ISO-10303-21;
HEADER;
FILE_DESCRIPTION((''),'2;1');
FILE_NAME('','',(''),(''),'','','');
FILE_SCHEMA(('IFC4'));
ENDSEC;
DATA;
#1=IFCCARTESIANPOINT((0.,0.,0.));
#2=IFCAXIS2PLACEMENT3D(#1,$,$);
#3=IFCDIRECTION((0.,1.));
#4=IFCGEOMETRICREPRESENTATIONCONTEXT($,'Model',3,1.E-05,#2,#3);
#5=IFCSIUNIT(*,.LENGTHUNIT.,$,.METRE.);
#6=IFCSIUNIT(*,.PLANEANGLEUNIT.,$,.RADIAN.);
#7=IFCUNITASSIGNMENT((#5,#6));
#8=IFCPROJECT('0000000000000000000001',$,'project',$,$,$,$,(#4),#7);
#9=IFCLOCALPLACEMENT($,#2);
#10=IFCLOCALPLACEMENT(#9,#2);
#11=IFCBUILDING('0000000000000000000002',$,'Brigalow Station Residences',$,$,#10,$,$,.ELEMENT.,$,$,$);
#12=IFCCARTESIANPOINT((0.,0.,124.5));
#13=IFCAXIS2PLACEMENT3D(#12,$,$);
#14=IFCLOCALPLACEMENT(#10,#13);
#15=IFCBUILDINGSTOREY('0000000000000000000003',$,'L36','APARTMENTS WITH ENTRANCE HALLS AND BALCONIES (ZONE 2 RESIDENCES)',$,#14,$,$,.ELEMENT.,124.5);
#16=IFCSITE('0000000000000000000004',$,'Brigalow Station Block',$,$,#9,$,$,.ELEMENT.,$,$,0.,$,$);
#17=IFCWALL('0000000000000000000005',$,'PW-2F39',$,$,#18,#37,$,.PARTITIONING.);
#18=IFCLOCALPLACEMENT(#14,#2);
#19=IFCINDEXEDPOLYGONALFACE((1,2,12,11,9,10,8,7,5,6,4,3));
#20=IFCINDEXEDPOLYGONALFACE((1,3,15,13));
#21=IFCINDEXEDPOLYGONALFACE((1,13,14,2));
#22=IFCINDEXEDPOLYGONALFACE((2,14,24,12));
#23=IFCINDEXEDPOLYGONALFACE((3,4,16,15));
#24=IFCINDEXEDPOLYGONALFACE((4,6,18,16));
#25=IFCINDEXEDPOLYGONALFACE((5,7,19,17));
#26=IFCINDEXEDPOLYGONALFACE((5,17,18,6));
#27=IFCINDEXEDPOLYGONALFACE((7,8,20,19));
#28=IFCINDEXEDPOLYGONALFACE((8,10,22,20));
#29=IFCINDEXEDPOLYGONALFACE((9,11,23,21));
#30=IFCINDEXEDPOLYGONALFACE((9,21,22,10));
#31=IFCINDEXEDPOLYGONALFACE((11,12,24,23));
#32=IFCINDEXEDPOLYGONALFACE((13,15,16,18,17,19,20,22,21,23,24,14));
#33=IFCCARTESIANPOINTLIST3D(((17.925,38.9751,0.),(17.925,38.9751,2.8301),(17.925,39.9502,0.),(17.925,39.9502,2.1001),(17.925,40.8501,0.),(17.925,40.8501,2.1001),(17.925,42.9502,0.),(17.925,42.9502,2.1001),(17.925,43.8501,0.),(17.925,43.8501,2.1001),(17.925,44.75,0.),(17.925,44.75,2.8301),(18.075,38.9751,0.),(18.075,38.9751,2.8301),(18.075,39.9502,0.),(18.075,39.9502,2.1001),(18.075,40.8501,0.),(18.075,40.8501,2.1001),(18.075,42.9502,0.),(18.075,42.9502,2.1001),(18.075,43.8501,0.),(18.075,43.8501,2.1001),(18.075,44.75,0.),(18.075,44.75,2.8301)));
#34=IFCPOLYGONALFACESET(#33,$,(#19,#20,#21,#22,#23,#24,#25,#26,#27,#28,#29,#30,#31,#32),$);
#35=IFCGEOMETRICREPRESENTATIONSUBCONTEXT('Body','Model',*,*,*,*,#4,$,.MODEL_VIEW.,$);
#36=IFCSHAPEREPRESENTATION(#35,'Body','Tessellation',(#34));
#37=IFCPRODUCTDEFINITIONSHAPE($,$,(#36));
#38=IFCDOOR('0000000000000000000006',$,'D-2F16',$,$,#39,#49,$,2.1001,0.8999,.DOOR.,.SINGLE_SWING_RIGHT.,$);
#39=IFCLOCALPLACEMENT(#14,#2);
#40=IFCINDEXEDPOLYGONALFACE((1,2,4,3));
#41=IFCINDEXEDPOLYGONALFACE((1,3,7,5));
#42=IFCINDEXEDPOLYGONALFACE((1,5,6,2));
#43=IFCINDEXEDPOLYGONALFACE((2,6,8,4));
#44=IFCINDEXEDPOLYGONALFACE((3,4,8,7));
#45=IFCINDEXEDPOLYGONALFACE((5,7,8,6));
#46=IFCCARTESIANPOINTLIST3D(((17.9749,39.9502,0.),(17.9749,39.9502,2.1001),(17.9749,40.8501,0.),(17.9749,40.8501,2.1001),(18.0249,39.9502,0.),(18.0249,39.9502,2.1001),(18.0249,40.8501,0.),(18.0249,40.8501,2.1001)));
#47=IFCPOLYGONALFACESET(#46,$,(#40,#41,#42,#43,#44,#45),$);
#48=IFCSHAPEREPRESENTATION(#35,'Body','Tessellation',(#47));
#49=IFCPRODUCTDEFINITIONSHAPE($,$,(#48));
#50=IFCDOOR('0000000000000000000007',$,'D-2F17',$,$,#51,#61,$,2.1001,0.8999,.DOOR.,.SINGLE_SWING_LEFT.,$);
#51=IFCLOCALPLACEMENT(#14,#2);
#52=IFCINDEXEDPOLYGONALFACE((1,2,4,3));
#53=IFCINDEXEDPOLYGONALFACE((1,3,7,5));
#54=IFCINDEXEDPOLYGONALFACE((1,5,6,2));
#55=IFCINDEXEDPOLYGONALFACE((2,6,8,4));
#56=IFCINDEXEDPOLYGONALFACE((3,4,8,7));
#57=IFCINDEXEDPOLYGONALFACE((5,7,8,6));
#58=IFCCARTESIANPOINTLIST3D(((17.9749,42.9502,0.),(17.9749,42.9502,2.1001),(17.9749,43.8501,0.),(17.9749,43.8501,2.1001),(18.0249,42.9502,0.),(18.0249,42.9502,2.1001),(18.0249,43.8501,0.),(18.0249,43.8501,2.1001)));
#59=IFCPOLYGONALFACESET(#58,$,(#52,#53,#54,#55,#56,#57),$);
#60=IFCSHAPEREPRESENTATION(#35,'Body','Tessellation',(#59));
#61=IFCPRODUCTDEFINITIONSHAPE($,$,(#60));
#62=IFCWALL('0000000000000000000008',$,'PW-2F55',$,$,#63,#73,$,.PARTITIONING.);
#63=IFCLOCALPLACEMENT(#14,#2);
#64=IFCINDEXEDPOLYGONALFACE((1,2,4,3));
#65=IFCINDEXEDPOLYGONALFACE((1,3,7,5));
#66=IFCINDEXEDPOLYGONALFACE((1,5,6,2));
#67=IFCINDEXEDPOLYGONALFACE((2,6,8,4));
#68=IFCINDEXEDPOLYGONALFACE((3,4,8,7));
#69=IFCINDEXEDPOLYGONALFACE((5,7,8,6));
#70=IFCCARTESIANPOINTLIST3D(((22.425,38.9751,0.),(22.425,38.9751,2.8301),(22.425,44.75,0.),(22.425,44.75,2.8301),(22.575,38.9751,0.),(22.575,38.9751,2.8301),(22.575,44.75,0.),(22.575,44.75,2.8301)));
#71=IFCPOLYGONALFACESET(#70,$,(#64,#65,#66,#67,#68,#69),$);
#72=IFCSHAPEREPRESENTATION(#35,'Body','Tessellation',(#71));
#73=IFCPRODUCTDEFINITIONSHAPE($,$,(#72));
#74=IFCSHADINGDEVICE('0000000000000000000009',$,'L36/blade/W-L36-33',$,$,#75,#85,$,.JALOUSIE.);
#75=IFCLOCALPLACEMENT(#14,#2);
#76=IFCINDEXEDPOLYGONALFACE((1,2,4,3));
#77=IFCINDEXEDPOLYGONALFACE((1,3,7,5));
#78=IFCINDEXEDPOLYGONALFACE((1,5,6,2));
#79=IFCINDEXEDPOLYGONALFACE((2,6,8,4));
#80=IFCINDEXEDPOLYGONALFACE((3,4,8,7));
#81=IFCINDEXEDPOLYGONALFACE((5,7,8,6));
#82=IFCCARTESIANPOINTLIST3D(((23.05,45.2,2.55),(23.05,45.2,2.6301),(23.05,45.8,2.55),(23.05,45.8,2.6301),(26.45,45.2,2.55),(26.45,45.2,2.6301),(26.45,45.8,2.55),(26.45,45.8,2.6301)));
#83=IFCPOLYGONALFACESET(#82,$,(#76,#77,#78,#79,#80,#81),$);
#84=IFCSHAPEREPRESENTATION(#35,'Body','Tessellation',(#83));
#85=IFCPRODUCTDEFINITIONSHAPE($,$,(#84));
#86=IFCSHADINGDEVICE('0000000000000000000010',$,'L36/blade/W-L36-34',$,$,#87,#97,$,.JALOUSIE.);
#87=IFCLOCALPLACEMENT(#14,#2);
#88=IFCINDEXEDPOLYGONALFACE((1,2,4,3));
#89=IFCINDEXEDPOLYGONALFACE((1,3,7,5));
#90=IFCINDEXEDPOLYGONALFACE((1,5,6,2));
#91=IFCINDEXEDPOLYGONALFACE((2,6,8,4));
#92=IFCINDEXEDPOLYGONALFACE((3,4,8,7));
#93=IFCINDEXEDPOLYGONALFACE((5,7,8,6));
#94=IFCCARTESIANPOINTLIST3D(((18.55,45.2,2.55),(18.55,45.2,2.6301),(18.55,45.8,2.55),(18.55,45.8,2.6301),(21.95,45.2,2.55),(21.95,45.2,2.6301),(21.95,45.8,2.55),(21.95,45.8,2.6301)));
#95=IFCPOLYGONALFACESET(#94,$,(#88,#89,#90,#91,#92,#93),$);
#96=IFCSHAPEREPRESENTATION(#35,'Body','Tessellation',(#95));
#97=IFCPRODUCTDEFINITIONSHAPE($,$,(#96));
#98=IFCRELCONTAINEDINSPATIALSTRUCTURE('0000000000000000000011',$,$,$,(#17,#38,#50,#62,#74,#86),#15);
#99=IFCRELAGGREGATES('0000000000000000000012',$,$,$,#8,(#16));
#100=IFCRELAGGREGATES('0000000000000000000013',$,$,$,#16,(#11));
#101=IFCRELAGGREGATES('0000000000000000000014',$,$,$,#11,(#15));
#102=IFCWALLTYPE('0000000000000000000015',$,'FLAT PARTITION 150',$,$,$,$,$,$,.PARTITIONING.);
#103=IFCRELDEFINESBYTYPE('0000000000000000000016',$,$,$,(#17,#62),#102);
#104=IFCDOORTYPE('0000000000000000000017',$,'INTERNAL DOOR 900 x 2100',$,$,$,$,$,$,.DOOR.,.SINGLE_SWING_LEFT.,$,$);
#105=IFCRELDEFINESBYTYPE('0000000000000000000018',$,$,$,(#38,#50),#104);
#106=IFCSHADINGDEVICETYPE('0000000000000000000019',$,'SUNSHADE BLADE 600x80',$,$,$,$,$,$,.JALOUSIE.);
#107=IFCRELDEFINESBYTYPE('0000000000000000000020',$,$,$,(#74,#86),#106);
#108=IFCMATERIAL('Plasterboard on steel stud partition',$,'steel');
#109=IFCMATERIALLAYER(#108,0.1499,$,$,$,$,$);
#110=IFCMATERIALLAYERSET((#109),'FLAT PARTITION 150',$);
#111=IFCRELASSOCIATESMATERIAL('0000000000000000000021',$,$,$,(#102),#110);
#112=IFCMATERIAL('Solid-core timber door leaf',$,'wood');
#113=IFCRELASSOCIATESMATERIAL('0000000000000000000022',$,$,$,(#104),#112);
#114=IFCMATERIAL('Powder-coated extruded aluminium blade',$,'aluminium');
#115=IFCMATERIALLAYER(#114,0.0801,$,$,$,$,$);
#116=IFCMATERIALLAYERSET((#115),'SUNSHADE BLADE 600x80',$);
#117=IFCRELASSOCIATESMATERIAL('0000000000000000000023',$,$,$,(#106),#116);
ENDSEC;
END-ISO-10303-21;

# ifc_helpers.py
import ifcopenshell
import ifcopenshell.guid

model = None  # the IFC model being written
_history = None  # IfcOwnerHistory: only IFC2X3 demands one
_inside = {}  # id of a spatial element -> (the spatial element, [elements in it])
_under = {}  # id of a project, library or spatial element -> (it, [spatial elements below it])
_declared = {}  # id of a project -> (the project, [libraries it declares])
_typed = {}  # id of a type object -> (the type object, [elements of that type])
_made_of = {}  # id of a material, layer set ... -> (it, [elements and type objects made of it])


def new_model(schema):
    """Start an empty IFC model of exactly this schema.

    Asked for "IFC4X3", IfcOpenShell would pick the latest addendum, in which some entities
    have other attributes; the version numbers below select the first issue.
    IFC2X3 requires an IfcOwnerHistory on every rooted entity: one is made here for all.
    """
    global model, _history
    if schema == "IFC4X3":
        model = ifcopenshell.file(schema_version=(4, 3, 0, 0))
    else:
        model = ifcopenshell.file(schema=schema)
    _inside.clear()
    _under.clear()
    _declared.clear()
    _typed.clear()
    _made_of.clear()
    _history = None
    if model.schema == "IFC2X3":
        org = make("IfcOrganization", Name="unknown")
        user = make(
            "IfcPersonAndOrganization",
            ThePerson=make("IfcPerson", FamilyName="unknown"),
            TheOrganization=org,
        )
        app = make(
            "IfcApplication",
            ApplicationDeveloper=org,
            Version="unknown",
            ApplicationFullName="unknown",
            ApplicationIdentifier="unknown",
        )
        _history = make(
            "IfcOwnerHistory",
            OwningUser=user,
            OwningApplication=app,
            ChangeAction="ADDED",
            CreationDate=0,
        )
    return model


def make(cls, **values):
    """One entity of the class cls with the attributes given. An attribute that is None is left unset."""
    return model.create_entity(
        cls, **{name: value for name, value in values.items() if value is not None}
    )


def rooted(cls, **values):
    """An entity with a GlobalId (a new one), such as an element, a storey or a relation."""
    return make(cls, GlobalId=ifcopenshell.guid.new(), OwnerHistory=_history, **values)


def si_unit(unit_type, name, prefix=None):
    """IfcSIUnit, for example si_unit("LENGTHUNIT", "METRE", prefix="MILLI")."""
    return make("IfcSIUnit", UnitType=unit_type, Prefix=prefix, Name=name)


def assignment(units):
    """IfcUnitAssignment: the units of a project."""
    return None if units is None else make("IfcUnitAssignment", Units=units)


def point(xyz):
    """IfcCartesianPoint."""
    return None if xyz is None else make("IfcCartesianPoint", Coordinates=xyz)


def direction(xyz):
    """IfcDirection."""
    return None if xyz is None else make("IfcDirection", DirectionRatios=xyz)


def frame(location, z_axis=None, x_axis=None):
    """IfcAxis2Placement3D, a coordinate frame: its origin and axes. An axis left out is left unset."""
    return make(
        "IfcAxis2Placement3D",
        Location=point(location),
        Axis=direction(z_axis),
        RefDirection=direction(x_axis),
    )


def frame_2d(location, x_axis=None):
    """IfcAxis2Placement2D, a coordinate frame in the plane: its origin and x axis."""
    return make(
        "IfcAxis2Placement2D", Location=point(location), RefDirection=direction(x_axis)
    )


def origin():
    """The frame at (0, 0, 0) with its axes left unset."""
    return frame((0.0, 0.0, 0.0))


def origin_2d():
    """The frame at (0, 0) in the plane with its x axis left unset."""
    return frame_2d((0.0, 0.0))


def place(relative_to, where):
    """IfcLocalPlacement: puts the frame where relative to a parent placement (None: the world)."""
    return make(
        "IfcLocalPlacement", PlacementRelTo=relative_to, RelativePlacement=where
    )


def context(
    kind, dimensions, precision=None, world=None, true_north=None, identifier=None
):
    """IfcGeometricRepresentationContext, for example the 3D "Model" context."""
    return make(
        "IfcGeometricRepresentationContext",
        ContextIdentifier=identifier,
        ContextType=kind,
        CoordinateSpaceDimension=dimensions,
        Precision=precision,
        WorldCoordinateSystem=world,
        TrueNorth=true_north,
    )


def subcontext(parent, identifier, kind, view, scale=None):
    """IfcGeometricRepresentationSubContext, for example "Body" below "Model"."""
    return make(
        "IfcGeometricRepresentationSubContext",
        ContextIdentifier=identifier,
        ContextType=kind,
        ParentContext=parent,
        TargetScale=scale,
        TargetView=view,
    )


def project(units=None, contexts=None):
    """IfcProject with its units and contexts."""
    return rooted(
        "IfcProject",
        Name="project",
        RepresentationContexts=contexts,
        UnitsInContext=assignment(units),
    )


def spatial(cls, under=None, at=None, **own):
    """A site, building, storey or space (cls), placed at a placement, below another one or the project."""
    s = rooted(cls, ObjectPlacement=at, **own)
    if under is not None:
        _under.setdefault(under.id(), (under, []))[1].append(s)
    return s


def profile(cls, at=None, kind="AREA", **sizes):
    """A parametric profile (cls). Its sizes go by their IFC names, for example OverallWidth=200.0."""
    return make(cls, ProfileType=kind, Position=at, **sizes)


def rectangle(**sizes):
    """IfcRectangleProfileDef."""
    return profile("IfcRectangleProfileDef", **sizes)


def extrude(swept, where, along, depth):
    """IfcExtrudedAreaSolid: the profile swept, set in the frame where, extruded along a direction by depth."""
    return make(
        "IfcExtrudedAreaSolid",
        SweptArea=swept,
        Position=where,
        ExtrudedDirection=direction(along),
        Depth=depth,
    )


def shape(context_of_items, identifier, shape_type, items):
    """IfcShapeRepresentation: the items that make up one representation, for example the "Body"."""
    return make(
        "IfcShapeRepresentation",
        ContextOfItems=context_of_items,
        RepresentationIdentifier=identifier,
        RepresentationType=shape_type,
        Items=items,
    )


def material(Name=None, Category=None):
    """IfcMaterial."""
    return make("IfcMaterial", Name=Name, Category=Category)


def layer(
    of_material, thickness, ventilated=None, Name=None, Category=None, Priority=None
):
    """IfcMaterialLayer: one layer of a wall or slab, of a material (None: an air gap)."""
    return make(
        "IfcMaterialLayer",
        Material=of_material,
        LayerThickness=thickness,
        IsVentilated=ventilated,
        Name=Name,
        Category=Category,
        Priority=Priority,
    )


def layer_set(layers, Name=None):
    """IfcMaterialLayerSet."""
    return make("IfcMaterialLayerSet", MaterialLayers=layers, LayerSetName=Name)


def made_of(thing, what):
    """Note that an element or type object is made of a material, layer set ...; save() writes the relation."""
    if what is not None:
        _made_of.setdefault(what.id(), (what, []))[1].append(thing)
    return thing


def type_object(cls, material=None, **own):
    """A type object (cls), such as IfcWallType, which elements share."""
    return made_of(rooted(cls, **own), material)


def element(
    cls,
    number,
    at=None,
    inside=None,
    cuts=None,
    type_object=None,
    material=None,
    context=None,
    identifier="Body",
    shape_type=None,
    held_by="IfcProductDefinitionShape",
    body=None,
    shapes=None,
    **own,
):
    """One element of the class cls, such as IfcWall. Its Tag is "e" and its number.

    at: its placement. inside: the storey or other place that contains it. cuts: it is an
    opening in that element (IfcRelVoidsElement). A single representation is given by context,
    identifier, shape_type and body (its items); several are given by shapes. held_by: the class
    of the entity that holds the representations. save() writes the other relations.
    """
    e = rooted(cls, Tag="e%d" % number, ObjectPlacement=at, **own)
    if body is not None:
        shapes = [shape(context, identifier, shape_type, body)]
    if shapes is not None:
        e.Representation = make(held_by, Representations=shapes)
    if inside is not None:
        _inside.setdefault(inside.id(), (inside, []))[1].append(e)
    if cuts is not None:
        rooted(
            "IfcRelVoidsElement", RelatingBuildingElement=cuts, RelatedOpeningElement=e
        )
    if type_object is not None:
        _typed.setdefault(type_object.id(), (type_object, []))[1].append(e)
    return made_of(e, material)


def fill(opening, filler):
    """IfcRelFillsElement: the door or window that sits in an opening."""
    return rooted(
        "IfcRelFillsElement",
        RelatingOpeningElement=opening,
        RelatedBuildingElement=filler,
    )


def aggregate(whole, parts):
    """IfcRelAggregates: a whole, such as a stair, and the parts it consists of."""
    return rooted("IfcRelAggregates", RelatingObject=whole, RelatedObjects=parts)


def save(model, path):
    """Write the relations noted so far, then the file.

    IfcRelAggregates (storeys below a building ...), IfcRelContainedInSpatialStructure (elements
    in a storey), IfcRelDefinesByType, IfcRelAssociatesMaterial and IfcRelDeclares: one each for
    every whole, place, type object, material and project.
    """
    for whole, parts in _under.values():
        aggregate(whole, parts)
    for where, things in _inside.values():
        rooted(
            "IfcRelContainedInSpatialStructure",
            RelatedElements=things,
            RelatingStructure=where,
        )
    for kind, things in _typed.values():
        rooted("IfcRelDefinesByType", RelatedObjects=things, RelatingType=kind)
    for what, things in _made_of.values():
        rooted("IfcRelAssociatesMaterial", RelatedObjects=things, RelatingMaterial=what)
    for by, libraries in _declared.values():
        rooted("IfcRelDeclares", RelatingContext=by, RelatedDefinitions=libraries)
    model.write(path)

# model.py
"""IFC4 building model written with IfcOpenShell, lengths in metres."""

from ifc_helpers import new_model, si_unit, direction, frame, frame_2d, origin, origin_2d, place, context, subcontext, project, spatial, rectangle, extrude, material, layer, layer_set, type_object, element, fill, save


model = new_model("IFC4")

# Units and contexts
model_context = context("Model", 3, precision=1e-05, world=origin(), true_north=direction((0.0, 1.0)))
body_context = subcontext(model_context, "Body", "Model", "MODEL_VIEW")
ifc_project = project(units=[si_unit("LENGTHUNIT", "METRE"), si_unit("PLANEANGLEUNIT", "RADIAN")], contexts=[model_context])

# Site, building, storey
site_placement = place(None, origin())
site = spatial("IfcSite", under=ifc_project, at=site_placement, Name="Brigalow Station Block", CompositionType="ELEMENT", RefElevation=0.0)
building_placement = place(site_placement, origin())
building = spatial("IfcBuilding", under=site, at=building_placement, Name="Brigalow Station Residences", CompositionType="ELEMENT")
storey_placement = place(building_placement, frame((0.0, 0.0, 124.5)))
storey = spatial("IfcBuildingStorey", under=building, at=storey_placement, Name="L36", Description="APARTMENTS WITH ENTRANCE HALLS AND BALCONIES (ZONE 2 RESIDENCES)", CompositionType="ELEMENT", Elevation=124.5)

# Shared definitions
ifc_material_1 = material(Name="Plasterboard on steel stud partition", Category="steel")
ifc_layer_1 = layer(ifc_material_1, 0.1499)
ifc_layer_set_1 = layer_set([ifc_layer_1], Name="FLAT PARTITION 150")
wall_type_1 = type_object("IfcWallType", Name="FLAT PARTITION 150", PredefinedType="PARTITIONING", material=ifc_layer_set_1)

# Wall, openings, doors
wall_1_placement = place(storey_placement, frame((18.0, 38.9751, 0.0), z_axis=(0.0, 0.0, 1.0), x_axis=(0.0, 1.0, 0.0)))
wall_1 = element("IfcWall", 1, at=wall_1_placement, inside=storey, type_object=wall_type_1, Name="PW-2F39", PredefinedType="PARTITIONING", context=body_context, shape_type="SweptSolid", body=[
    extrude(rectangle(XDim=5.7749, YDim=0.1499, at=frame_2d((2.8875, 0.0))), origin(), (0.0, 0.0, 1.0), 2.8301),
])
opening_1_placement = place(wall_1_placement, frame((0.9751, 0.0, 0.0)))
opening_1 = element("IfcOpeningElement", 2, at=opening_1_placement, cuts=wall_1, PredefinedType="OPENING", context=body_context, shape_type="SweptSolid", body=[
    extrude(rectangle(XDim=0.8999, YDim=2.1001, at=frame_2d((0.45, 1.05))), frame((0.0, 0.085, 0.0), z_axis=(0.0, -1.0, 0.0), x_axis=(1.0, 0.0, 0.0)), (0.0, 0.0, 1.0), 0.1699),
])
opening_2_placement = place(wall_1_placement, frame((3.9751, 0.0, 0.0)))
opening_2 = element("IfcOpeningElement", 3, at=opening_2_placement, cuts=wall_1, PredefinedType="OPENING", context=body_context, shape_type="SweptSolid", body=[
    extrude(rectangle(XDim=0.8999, YDim=2.1001, at=frame_2d((0.45, 1.05))), frame((0.0, 0.085, 0.0), z_axis=(0.0, -1.0, 0.0), x_axis=(1.0, 0.0, 0.0)), (0.0, 0.0, 1.0), 0.1699),
])
ifc_material_2 = material(Name="Solid-core timber door leaf", Category="wood")
door_type_1 = type_object("IfcDoorType", Name="INTERNAL DOOR 900 x 2100", OperationType="SINGLE_SWING_LEFT", PredefinedType="DOOR", material=ifc_material_2)
door_1_placement = place(opening_1_placement, frame((0.8999, 0.0, 0.0), z_axis=(0.0, 0.0, 1.0), x_axis=(-1.0, 0.0, 0.0)))
door_1 = element("IfcDoor", 4, at=door_1_placement, inside=storey, type_object=door_type_1, Name="D-2F16", OperationType="SINGLE_SWING_RIGHT", OverallHeight=2.1001, OverallWidth=0.8999, PredefinedType="DOOR", context=body_context, shape_type="SweptSolid", body=[
    extrude(rectangle(XDim=0.8999, YDim=2.1001, at=frame_2d((0.45, 1.05))), frame((0.0, 0.0249, 0.0), z_axis=(0.0, -1.0, 0.0), x_axis=(1.0, 0.0, 0.0)), (0.0, 0.0, 1.0), 0.05),
])
fill(opening_1, door_1)
door_2_placement = place(opening_2_placement, frame((0.8999, 0.0, 0.0), z_axis=(0.0, 0.0, 1.0), x_axis=(-1.0, 0.0, 0.0)))
door_2 = element("IfcDoor", 5, at=door_2_placement, inside=storey, type_object=door_type_1, Name="D-2F17", OperationType="SINGLE_SWING_LEFT", OverallHeight=2.1001, OverallWidth=0.8999, PredefinedType="DOOR", context=body_context, shape_type="SweptSolid", body=[
    extrude(rectangle(XDim=0.8999, YDim=2.1001, at=frame_2d((0.45, 1.05))), frame((0.0, 0.0249, 0.0), z_axis=(0.0, -1.0, 0.0), x_axis=(1.0, 0.0, 0.0)), (0.0, 0.0, 1.0), 0.05),
])
fill(opening_2, door_2)

# Wall
wall_2_placement = place(storey_placement, frame((22.5, 38.9751, 0.0), z_axis=(0.0, 0.0, 1.0), x_axis=(0.0, 1.0, 0.0)))
element("IfcWall", 6, at=wall_2_placement, inside=storey, type_object=wall_type_1, Name="PW-2F55", PredefinedType="PARTITIONING", context=body_context, shape_type="SweptSolid", body=[
    extrude(rectangle(XDim=5.7749, YDim=0.1499, at=frame_2d((2.8875, 0.0))), origin(), (0.0, 0.0, 1.0), 2.8301),
])

# Shading devices
ifc_material_3 = material(Name="Powder-coated extruded aluminium blade", Category="aluminium")
ifc_layer_2 = layer(ifc_material_3, 0.0801)
ifc_layer_set_2 = layer_set([ifc_layer_2], Name="SUNSHADE BLADE 600x80")
shading_device_type = type_object("IfcShadingDeviceType", Name="SUNSHADE BLADE 600x80", PredefinedType="JALOUSIE", material=ifc_layer_set_2)
for number, where, z_axis, x_axis, name in (
    (7, (24.75, 45.5, 2.55), (0.0, 0.0, 1.0), (-1.0, 0.0, 0.0), "L36/blade/W-L36-33"),
    (8, (20.25, 45.5, 2.55), (0.0, 0.0, 1.0), (-1.0, 0.0, 0.0), "L36/blade/W-L36-34"),
):
    element("IfcShadingDevice", number, at=place(storey_placement, frame(where, z_axis=z_axis, x_axis=x_axis)), inside=storey, type_object=shading_device_type, Name=name, PredefinedType="JALOUSIE", context=body_context, shape_type="SweptSolid", body=[
        extrude(rectangle(XDim=3.3999, YDim=0.6001, at=origin_2d()), origin(), (0.0, 0.0, 1.0), 0.0801),
    ])

save(model, "model.ifc")
